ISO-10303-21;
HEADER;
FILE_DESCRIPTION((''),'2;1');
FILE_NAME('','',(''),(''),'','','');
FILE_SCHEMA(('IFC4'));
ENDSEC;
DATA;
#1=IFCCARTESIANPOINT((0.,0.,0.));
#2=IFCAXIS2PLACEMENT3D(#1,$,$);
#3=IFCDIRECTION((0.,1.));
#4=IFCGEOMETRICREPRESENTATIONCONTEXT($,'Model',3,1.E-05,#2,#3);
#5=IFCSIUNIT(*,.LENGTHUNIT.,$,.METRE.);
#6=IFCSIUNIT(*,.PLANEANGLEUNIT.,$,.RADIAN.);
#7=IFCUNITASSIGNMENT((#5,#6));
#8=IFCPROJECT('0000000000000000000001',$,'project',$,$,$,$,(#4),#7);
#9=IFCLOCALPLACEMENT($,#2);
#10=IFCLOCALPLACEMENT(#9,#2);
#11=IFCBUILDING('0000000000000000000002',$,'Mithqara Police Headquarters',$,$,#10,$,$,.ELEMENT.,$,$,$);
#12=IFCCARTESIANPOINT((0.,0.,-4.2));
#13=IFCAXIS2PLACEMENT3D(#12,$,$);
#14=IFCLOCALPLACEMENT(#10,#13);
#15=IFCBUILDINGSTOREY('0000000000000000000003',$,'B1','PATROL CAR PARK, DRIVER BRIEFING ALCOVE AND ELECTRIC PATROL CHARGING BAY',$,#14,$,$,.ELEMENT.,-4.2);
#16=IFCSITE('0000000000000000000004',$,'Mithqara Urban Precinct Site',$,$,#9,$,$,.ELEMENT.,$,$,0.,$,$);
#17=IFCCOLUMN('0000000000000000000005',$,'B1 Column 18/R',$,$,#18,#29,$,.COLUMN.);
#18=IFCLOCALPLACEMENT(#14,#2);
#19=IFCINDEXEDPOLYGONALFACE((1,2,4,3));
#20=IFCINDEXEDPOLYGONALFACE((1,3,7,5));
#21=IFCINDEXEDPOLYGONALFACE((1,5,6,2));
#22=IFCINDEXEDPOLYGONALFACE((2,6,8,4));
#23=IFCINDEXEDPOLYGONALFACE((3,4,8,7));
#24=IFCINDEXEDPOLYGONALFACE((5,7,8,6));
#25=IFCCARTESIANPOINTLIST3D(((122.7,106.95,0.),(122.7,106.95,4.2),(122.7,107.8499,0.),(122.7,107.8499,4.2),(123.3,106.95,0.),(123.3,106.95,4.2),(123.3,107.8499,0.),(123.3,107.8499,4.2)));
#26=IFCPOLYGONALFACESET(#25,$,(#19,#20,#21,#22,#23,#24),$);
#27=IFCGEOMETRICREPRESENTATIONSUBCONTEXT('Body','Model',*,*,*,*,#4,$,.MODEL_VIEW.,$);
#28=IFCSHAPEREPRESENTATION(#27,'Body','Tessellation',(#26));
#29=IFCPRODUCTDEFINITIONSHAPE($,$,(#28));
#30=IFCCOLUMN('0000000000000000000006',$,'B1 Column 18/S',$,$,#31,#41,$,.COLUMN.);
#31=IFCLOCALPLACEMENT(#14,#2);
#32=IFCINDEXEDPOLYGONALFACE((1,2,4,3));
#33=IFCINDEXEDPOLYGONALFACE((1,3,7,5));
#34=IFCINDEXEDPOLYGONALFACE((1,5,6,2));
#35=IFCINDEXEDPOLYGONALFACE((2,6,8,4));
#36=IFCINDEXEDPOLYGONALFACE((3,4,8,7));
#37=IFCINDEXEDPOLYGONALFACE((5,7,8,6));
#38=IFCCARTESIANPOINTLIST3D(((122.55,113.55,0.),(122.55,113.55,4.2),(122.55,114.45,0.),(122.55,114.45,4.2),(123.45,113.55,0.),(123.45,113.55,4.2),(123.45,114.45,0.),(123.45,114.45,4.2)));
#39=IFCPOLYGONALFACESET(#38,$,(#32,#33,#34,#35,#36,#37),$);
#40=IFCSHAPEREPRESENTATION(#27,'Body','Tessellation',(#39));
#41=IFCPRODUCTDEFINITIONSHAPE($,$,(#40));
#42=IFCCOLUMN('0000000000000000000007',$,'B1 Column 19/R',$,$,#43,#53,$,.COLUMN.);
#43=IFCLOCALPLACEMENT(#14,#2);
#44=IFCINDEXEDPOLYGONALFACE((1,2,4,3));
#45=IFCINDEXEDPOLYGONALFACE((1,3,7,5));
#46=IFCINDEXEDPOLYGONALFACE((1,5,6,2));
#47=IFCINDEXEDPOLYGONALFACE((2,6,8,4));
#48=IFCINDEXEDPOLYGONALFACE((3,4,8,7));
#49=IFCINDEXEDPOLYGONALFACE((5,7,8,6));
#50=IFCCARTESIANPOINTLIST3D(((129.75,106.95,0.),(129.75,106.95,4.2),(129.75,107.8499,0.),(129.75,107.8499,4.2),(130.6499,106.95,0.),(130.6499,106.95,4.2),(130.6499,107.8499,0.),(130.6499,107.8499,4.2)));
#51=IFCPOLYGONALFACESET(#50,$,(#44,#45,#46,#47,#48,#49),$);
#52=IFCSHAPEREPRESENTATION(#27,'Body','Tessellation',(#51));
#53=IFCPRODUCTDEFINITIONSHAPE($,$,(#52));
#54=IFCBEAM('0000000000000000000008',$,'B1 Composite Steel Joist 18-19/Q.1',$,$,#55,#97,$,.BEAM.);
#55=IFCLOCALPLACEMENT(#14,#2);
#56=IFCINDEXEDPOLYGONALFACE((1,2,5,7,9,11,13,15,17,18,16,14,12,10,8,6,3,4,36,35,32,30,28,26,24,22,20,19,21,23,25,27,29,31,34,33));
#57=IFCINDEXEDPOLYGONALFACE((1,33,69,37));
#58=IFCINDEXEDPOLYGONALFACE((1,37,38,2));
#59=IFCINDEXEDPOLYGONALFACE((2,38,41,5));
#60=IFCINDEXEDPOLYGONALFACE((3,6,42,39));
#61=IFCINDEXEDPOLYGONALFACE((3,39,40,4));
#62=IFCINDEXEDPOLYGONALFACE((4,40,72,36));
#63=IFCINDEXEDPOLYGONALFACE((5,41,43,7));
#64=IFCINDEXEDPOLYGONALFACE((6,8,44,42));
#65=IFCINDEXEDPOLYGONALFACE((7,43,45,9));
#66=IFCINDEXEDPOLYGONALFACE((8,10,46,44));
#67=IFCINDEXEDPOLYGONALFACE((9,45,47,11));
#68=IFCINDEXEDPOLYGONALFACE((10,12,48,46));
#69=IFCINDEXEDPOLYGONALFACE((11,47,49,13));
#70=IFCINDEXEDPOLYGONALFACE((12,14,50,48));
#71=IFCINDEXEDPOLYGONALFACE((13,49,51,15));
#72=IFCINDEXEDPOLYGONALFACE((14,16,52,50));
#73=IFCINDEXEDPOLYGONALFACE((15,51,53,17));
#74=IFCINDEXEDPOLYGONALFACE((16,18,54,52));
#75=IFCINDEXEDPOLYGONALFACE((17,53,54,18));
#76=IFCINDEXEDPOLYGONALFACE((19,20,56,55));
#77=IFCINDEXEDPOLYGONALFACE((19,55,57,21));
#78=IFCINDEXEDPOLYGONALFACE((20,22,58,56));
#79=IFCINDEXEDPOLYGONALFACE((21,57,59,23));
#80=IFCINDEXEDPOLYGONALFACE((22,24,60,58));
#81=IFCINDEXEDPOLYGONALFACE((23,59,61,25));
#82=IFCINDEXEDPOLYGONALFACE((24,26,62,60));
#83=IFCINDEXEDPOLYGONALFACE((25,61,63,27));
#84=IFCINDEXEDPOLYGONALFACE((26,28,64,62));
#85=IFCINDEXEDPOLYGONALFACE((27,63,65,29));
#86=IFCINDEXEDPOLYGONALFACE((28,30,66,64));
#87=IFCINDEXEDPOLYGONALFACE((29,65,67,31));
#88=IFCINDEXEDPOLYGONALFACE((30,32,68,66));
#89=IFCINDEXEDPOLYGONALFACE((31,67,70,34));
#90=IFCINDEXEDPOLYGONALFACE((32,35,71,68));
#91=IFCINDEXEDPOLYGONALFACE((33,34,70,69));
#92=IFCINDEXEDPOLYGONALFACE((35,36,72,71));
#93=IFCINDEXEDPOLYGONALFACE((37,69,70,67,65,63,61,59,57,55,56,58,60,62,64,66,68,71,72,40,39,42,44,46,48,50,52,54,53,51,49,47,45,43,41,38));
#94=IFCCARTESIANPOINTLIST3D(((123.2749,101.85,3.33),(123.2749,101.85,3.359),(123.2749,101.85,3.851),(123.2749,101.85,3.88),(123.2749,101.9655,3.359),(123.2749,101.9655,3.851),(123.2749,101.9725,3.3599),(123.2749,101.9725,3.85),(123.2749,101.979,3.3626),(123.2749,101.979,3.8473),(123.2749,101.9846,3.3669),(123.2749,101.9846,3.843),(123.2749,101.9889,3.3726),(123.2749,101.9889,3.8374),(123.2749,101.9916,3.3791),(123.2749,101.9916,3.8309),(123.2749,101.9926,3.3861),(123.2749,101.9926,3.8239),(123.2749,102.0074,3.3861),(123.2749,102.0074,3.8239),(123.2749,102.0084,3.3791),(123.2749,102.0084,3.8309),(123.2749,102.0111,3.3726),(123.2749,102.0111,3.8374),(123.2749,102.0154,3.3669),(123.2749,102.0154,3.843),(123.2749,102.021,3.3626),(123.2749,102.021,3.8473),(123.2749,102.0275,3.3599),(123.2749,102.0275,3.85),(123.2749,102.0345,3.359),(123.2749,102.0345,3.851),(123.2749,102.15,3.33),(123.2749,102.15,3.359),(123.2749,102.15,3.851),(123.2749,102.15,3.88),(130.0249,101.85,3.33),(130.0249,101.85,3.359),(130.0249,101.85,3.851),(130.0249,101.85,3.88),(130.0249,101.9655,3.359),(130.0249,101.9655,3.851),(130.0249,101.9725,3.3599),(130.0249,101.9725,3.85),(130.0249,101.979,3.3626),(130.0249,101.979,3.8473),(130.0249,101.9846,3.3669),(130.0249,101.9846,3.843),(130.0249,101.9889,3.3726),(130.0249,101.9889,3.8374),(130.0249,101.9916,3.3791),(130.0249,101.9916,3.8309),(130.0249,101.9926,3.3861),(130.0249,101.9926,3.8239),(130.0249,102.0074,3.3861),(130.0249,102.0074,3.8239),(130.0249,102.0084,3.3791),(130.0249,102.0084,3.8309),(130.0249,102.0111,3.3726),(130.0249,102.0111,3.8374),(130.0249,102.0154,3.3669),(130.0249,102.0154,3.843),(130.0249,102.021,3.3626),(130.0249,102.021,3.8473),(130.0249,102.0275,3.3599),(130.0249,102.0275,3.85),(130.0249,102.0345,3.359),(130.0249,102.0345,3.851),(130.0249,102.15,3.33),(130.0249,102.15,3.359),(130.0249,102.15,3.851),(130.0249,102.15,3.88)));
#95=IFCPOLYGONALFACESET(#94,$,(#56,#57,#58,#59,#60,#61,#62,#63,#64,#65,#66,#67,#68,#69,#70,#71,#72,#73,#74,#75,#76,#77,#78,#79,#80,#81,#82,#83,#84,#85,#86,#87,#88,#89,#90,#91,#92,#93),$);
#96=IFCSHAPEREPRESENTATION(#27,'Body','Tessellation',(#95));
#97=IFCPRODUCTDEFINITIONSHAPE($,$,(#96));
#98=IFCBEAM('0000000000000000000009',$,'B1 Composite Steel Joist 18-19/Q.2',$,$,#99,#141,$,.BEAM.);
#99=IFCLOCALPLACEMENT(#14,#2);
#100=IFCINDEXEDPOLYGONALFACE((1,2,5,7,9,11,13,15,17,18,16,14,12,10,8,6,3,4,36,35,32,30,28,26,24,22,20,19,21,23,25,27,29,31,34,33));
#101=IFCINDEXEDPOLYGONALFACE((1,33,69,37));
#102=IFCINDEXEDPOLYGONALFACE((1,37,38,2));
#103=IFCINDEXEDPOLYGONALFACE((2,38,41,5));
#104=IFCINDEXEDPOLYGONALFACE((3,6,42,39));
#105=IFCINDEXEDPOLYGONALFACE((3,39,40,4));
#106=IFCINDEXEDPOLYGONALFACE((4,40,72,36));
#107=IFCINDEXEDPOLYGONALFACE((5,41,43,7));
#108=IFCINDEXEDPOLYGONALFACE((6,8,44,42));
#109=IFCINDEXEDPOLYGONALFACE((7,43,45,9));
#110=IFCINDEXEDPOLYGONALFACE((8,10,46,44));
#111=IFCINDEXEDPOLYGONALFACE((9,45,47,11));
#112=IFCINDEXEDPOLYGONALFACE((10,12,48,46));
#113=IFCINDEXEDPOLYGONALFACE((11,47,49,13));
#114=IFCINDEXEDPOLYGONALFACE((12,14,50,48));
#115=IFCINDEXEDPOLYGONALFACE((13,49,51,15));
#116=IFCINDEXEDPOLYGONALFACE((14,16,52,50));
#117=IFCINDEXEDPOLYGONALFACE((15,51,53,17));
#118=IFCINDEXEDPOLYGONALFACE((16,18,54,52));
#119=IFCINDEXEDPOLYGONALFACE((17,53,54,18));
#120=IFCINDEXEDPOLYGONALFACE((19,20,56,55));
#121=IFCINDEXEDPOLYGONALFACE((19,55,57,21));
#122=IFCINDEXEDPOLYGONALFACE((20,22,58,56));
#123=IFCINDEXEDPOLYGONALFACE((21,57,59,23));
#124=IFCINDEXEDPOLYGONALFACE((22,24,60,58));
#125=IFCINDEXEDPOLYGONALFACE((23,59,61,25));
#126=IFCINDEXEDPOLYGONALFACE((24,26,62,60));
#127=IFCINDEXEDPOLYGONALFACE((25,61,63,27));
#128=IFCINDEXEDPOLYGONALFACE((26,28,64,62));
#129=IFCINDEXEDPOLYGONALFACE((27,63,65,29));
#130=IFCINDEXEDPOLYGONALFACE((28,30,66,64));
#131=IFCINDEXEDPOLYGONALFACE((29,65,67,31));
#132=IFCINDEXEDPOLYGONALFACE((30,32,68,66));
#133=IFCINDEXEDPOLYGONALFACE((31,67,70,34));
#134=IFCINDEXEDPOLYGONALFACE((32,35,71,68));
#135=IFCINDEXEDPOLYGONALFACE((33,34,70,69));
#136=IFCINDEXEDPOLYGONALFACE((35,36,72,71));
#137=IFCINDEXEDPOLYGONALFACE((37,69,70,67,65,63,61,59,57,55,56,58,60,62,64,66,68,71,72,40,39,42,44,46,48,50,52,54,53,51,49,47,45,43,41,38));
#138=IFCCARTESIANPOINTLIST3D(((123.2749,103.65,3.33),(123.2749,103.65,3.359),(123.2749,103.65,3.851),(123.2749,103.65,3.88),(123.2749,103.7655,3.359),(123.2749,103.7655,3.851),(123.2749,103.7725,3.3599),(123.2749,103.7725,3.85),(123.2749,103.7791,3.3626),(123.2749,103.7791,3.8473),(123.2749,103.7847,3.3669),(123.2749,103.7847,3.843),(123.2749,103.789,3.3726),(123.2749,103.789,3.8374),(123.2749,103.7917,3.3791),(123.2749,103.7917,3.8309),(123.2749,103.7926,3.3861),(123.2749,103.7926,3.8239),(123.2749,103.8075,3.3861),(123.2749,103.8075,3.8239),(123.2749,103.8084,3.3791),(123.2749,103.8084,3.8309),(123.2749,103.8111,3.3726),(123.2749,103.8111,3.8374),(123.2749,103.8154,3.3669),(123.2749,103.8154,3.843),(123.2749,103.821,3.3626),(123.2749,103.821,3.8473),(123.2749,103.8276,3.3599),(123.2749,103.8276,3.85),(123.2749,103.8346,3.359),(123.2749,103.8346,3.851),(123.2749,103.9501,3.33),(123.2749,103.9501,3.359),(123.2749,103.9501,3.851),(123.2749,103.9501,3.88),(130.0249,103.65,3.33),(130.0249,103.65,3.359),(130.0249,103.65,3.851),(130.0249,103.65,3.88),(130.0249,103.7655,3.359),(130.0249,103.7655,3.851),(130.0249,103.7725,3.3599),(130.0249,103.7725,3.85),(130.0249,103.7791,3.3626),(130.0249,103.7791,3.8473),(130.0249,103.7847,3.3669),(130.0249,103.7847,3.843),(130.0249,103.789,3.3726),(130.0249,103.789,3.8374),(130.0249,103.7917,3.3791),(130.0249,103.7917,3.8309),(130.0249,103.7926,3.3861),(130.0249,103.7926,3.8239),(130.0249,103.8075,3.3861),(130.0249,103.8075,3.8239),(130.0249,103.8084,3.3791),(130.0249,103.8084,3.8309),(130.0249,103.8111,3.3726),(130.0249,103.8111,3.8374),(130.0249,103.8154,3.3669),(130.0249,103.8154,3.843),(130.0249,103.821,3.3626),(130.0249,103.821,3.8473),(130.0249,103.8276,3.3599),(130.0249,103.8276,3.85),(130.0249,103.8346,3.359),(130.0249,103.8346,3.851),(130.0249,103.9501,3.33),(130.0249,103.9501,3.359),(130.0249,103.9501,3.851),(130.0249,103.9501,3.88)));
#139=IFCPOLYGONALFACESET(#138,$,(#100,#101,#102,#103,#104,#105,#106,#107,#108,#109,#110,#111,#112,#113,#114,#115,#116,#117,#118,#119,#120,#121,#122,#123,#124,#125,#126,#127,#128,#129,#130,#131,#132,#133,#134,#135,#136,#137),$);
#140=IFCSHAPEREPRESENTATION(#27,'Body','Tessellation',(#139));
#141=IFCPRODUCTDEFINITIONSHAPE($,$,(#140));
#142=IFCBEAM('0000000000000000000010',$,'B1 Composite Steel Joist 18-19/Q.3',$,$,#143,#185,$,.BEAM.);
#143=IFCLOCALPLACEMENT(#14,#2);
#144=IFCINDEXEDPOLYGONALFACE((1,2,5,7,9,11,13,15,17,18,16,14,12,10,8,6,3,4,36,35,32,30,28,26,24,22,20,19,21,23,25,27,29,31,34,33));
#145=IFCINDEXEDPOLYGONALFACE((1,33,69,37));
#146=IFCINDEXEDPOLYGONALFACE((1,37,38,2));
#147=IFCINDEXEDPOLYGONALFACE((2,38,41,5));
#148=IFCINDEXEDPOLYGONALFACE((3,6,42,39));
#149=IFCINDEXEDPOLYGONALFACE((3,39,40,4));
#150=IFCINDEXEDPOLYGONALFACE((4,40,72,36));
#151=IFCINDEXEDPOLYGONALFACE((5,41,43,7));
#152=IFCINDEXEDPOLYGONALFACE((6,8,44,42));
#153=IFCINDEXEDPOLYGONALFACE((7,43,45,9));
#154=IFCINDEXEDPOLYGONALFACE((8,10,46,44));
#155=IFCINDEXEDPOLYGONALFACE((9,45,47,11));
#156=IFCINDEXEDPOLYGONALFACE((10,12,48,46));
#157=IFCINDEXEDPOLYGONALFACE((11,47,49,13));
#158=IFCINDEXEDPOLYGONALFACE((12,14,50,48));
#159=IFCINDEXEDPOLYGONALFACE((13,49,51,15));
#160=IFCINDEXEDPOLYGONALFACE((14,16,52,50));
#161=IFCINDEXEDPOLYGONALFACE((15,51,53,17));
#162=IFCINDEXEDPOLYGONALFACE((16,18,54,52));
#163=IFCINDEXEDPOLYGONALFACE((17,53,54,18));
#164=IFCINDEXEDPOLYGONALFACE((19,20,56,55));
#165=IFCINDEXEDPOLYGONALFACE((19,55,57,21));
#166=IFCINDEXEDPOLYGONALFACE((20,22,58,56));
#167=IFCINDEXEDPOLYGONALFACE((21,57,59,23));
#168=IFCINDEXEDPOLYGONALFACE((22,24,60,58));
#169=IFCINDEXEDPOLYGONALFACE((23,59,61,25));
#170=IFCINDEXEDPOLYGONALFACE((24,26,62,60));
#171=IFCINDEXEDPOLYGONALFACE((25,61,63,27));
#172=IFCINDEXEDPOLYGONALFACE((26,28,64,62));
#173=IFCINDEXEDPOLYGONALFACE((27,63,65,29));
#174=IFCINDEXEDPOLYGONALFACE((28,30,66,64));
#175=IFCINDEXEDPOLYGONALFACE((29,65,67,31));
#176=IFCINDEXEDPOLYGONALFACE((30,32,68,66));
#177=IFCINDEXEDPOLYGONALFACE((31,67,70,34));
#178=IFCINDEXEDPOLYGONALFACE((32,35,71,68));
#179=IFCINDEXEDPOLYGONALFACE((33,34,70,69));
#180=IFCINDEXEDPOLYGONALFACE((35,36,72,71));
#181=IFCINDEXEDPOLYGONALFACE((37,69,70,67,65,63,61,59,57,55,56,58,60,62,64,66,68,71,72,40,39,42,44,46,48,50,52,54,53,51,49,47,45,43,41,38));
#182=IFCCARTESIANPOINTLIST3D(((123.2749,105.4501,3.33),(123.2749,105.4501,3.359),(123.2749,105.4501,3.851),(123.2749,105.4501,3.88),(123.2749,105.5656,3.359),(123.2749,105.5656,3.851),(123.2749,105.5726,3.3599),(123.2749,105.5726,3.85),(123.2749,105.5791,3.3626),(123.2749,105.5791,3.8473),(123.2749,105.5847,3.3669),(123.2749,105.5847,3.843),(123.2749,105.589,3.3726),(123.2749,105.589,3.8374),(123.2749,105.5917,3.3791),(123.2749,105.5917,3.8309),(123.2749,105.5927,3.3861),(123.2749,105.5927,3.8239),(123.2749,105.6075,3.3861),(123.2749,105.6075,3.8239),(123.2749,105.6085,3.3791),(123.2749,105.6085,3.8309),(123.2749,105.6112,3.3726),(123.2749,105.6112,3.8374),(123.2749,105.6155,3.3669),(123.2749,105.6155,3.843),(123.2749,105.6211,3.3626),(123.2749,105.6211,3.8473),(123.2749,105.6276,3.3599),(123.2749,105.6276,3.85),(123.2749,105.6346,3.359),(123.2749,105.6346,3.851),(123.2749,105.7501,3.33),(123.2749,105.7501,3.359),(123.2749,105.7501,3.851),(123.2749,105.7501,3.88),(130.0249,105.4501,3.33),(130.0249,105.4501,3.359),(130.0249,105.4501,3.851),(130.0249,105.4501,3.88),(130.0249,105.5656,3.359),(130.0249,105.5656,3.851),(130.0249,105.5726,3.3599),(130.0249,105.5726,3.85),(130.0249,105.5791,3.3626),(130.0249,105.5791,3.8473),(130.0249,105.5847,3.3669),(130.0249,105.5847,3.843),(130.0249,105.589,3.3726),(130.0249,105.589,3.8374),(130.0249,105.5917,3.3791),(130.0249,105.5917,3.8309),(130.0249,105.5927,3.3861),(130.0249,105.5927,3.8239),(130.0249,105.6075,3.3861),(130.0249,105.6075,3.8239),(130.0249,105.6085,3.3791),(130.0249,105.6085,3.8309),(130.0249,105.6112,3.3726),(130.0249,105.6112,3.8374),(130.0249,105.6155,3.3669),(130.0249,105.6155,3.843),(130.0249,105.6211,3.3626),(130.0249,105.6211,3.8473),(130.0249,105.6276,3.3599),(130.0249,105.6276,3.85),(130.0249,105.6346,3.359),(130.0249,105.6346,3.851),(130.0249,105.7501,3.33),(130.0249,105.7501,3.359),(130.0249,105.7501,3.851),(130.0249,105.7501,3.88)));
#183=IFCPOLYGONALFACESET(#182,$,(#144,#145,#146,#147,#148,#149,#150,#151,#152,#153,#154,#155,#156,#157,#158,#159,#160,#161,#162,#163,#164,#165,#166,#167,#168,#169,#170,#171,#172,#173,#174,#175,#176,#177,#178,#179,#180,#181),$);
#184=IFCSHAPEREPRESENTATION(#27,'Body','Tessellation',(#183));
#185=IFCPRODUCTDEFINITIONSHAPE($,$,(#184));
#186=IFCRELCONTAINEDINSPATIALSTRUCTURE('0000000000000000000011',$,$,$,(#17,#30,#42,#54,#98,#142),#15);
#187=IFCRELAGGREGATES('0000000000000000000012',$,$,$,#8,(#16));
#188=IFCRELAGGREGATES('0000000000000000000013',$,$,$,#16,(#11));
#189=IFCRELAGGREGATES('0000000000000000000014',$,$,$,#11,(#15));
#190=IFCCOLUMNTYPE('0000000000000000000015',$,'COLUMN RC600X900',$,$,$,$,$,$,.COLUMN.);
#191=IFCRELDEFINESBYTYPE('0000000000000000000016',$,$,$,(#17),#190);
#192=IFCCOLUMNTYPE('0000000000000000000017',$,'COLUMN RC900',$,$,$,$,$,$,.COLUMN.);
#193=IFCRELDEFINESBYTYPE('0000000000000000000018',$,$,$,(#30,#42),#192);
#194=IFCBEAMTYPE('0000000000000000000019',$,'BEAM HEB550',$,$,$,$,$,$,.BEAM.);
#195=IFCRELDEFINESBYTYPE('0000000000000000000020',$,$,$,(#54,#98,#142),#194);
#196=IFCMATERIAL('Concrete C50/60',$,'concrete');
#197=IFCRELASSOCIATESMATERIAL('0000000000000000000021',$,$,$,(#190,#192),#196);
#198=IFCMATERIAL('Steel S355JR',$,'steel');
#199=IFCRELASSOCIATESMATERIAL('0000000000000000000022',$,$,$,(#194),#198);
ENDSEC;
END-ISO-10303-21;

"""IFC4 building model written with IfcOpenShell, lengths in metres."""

from ifc_helpers import new_model, si_unit, direction, frame, origin, origin_2d, place, context, subcontext, project, spatial, rectangle, i_section, extrude, material, material_profile, profile_set, type_object, element, save


model = new_model("IFC4")

# Units and contexts
model_context = context("Model", 3, precision=1e-05, world=origin(), true_north=direction((0.0, 1.0)))
body_context = subcontext(model_context, "Body", "Model", "MODEL_VIEW")
ifc_project = project(units=[si_unit("LENGTHUNIT", "METRE"), si_unit("PLANEANGLEUNIT", "RADIAN")], contexts=[model_context])

# Site, building, storey
site_placement = place(None, origin())
site = spatial("IfcSite", under=ifc_project, at=site_placement, Name="Mithqara Urban Precinct Site", CompositionType="ELEMENT", RefElevation=0.0)
building_placement = place(site_placement, origin())
building = spatial("IfcBuilding", under=site, at=building_placement, Name="Mithqara Police Headquarters", CompositionType="ELEMENT")
storey_placement = place(building_placement, frame((0.0, 0.0, -4.2)))
storey = spatial("IfcBuildingStorey", under=building, at=storey_placement, Name="B1", Description="PATROL CAR PARK, DRIVER BRIEFING ALCOVE AND ELECTRIC PATROL CHARGING BAY", CompositionType="ELEMENT", Elevation=-4.2)

# Columns
ifc_material_1 = material(Name="Concrete C50/60", Category="concrete")
ifc_material_profile_1 = material_profile(ifc_material_1, rectangle(XDim=0.6001, YDim=0.8999, at=origin_2d()), Name="RC 600x900")
ifc_profile_set_1 = profile_set([ifc_material_profile_1], Name="Concrete C50/60")
column_type_1 = type_object("IfcColumnType", Name="COLUMN RC600X900", PredefinedType="COLUMN", material=ifc_profile_set_1)
column_placement = place(storey_placement, frame((123.0, 107.3999, 0.0), z_axis=(0.0, 0.0, 1.0), x_axis=(1.0, 0.0, 0.0)))
element("IfcColumn", 1, at=column_placement, inside=storey, type_object=column_type_1, Name="B1 Column 18/R", PredefinedType="COLUMN", context=body_context, shape_type="SweptSolid", body=[
    extrude(rectangle(XDim=0.6001, YDim=0.8999, at=origin_2d()), origin(), (0.0, 0.0, 1.0), 4.2),
])
ifc_material_profile_2 = material_profile(ifc_material_1, rectangle(XDim=0.8999, YDim=0.8999, at=origin_2d()), Name="RC 900x900")
ifc_profile_set_2 = profile_set([ifc_material_profile_2], Name="Concrete C50/60")
column_type_2 = type_object("IfcColumnType", Name="COLUMN RC900", PredefinedType="COLUMN", material=ifc_profile_set_2)
for number, where, z_axis, x_axis, name in (
    (2, (123.0, 114.0, 0.0), (0.0, 0.0, 1.0), (1.0, 0.0, 0.0), "B1 Column 18/S"),
    (3, (130.2, 107.3999, 0.0), (0.0, 0.0, 1.0), (1.0, 0.0, 0.0), "B1 Column 19/R"),
):
    element("IfcColumn", number, at=place(storey_placement, frame(where, z_axis=z_axis, x_axis=x_axis)), inside=storey, type_object=column_type_2, Name=name, PredefinedType="COLUMN", context=body_context, shape_type="SweptSolid", body=[
        extrude(rectangle(XDim=0.8999, YDim=0.8999, at=origin_2d()), origin(), (0.0, 0.0, 1.0), 4.2),
    ])

# Beams
ifc_material_2 = material(Name="Steel S355JR", Category="steel")
ifc_material_profile_3 = material_profile(ifc_material_2, i_section(OverallWidth=0.3, OverallDepth=0.55, WebThickness=0.0149, FlangeThickness=0.0291, FilletRadius=0.0271, at=origin_2d()), Name="HEB 550")
ifc_profile_set_3 = profile_set([ifc_material_profile_3], Name="Steel S355JR")
beam_type_1 = type_object("IfcBeamType", Name="BEAM HEB550", PredefinedType="BEAM", material=ifc_profile_set_3)
for number, where, z_axis, x_axis, name in (
    (4, (123.2749, 102.0, 3.605), (1.0, 0.0, 0.0), (0.0, 1.0, 0.0), "B1 Composite Steel Joist 18-19/Q.1"),
    (5, (123.2749, 103.8, 3.605), (1.0, 0.0, 0.0), (0.0, 1.0, 0.0), "B1 Composite Steel Joist 18-19/Q.2"),
    (6, (123.2749, 105.6001, 3.605), (1.0, 0.0, 0.0), (0.0, 1.0, 0.0), "B1 Composite Steel Joist 18-19/Q.3"),
):
    element("IfcBeam", number, at=place(storey_placement, frame(where, z_axis=z_axis, x_axis=x_axis)), inside=storey, type_object=beam_type_1, Name=name, PredefinedType="BEAM", context=body_context, shape_type="SweptSolid", body=[
        extrude(i_section(OverallWidth=0.3, OverallDepth=0.55, WebThickness=0.0149, FlangeThickness=0.0291, FilletRadius=0.0271, at=origin_2d()), origin(), (0.0, 0.0, 1.0), 6.75),
    ])

save(model, "model.ifc")
